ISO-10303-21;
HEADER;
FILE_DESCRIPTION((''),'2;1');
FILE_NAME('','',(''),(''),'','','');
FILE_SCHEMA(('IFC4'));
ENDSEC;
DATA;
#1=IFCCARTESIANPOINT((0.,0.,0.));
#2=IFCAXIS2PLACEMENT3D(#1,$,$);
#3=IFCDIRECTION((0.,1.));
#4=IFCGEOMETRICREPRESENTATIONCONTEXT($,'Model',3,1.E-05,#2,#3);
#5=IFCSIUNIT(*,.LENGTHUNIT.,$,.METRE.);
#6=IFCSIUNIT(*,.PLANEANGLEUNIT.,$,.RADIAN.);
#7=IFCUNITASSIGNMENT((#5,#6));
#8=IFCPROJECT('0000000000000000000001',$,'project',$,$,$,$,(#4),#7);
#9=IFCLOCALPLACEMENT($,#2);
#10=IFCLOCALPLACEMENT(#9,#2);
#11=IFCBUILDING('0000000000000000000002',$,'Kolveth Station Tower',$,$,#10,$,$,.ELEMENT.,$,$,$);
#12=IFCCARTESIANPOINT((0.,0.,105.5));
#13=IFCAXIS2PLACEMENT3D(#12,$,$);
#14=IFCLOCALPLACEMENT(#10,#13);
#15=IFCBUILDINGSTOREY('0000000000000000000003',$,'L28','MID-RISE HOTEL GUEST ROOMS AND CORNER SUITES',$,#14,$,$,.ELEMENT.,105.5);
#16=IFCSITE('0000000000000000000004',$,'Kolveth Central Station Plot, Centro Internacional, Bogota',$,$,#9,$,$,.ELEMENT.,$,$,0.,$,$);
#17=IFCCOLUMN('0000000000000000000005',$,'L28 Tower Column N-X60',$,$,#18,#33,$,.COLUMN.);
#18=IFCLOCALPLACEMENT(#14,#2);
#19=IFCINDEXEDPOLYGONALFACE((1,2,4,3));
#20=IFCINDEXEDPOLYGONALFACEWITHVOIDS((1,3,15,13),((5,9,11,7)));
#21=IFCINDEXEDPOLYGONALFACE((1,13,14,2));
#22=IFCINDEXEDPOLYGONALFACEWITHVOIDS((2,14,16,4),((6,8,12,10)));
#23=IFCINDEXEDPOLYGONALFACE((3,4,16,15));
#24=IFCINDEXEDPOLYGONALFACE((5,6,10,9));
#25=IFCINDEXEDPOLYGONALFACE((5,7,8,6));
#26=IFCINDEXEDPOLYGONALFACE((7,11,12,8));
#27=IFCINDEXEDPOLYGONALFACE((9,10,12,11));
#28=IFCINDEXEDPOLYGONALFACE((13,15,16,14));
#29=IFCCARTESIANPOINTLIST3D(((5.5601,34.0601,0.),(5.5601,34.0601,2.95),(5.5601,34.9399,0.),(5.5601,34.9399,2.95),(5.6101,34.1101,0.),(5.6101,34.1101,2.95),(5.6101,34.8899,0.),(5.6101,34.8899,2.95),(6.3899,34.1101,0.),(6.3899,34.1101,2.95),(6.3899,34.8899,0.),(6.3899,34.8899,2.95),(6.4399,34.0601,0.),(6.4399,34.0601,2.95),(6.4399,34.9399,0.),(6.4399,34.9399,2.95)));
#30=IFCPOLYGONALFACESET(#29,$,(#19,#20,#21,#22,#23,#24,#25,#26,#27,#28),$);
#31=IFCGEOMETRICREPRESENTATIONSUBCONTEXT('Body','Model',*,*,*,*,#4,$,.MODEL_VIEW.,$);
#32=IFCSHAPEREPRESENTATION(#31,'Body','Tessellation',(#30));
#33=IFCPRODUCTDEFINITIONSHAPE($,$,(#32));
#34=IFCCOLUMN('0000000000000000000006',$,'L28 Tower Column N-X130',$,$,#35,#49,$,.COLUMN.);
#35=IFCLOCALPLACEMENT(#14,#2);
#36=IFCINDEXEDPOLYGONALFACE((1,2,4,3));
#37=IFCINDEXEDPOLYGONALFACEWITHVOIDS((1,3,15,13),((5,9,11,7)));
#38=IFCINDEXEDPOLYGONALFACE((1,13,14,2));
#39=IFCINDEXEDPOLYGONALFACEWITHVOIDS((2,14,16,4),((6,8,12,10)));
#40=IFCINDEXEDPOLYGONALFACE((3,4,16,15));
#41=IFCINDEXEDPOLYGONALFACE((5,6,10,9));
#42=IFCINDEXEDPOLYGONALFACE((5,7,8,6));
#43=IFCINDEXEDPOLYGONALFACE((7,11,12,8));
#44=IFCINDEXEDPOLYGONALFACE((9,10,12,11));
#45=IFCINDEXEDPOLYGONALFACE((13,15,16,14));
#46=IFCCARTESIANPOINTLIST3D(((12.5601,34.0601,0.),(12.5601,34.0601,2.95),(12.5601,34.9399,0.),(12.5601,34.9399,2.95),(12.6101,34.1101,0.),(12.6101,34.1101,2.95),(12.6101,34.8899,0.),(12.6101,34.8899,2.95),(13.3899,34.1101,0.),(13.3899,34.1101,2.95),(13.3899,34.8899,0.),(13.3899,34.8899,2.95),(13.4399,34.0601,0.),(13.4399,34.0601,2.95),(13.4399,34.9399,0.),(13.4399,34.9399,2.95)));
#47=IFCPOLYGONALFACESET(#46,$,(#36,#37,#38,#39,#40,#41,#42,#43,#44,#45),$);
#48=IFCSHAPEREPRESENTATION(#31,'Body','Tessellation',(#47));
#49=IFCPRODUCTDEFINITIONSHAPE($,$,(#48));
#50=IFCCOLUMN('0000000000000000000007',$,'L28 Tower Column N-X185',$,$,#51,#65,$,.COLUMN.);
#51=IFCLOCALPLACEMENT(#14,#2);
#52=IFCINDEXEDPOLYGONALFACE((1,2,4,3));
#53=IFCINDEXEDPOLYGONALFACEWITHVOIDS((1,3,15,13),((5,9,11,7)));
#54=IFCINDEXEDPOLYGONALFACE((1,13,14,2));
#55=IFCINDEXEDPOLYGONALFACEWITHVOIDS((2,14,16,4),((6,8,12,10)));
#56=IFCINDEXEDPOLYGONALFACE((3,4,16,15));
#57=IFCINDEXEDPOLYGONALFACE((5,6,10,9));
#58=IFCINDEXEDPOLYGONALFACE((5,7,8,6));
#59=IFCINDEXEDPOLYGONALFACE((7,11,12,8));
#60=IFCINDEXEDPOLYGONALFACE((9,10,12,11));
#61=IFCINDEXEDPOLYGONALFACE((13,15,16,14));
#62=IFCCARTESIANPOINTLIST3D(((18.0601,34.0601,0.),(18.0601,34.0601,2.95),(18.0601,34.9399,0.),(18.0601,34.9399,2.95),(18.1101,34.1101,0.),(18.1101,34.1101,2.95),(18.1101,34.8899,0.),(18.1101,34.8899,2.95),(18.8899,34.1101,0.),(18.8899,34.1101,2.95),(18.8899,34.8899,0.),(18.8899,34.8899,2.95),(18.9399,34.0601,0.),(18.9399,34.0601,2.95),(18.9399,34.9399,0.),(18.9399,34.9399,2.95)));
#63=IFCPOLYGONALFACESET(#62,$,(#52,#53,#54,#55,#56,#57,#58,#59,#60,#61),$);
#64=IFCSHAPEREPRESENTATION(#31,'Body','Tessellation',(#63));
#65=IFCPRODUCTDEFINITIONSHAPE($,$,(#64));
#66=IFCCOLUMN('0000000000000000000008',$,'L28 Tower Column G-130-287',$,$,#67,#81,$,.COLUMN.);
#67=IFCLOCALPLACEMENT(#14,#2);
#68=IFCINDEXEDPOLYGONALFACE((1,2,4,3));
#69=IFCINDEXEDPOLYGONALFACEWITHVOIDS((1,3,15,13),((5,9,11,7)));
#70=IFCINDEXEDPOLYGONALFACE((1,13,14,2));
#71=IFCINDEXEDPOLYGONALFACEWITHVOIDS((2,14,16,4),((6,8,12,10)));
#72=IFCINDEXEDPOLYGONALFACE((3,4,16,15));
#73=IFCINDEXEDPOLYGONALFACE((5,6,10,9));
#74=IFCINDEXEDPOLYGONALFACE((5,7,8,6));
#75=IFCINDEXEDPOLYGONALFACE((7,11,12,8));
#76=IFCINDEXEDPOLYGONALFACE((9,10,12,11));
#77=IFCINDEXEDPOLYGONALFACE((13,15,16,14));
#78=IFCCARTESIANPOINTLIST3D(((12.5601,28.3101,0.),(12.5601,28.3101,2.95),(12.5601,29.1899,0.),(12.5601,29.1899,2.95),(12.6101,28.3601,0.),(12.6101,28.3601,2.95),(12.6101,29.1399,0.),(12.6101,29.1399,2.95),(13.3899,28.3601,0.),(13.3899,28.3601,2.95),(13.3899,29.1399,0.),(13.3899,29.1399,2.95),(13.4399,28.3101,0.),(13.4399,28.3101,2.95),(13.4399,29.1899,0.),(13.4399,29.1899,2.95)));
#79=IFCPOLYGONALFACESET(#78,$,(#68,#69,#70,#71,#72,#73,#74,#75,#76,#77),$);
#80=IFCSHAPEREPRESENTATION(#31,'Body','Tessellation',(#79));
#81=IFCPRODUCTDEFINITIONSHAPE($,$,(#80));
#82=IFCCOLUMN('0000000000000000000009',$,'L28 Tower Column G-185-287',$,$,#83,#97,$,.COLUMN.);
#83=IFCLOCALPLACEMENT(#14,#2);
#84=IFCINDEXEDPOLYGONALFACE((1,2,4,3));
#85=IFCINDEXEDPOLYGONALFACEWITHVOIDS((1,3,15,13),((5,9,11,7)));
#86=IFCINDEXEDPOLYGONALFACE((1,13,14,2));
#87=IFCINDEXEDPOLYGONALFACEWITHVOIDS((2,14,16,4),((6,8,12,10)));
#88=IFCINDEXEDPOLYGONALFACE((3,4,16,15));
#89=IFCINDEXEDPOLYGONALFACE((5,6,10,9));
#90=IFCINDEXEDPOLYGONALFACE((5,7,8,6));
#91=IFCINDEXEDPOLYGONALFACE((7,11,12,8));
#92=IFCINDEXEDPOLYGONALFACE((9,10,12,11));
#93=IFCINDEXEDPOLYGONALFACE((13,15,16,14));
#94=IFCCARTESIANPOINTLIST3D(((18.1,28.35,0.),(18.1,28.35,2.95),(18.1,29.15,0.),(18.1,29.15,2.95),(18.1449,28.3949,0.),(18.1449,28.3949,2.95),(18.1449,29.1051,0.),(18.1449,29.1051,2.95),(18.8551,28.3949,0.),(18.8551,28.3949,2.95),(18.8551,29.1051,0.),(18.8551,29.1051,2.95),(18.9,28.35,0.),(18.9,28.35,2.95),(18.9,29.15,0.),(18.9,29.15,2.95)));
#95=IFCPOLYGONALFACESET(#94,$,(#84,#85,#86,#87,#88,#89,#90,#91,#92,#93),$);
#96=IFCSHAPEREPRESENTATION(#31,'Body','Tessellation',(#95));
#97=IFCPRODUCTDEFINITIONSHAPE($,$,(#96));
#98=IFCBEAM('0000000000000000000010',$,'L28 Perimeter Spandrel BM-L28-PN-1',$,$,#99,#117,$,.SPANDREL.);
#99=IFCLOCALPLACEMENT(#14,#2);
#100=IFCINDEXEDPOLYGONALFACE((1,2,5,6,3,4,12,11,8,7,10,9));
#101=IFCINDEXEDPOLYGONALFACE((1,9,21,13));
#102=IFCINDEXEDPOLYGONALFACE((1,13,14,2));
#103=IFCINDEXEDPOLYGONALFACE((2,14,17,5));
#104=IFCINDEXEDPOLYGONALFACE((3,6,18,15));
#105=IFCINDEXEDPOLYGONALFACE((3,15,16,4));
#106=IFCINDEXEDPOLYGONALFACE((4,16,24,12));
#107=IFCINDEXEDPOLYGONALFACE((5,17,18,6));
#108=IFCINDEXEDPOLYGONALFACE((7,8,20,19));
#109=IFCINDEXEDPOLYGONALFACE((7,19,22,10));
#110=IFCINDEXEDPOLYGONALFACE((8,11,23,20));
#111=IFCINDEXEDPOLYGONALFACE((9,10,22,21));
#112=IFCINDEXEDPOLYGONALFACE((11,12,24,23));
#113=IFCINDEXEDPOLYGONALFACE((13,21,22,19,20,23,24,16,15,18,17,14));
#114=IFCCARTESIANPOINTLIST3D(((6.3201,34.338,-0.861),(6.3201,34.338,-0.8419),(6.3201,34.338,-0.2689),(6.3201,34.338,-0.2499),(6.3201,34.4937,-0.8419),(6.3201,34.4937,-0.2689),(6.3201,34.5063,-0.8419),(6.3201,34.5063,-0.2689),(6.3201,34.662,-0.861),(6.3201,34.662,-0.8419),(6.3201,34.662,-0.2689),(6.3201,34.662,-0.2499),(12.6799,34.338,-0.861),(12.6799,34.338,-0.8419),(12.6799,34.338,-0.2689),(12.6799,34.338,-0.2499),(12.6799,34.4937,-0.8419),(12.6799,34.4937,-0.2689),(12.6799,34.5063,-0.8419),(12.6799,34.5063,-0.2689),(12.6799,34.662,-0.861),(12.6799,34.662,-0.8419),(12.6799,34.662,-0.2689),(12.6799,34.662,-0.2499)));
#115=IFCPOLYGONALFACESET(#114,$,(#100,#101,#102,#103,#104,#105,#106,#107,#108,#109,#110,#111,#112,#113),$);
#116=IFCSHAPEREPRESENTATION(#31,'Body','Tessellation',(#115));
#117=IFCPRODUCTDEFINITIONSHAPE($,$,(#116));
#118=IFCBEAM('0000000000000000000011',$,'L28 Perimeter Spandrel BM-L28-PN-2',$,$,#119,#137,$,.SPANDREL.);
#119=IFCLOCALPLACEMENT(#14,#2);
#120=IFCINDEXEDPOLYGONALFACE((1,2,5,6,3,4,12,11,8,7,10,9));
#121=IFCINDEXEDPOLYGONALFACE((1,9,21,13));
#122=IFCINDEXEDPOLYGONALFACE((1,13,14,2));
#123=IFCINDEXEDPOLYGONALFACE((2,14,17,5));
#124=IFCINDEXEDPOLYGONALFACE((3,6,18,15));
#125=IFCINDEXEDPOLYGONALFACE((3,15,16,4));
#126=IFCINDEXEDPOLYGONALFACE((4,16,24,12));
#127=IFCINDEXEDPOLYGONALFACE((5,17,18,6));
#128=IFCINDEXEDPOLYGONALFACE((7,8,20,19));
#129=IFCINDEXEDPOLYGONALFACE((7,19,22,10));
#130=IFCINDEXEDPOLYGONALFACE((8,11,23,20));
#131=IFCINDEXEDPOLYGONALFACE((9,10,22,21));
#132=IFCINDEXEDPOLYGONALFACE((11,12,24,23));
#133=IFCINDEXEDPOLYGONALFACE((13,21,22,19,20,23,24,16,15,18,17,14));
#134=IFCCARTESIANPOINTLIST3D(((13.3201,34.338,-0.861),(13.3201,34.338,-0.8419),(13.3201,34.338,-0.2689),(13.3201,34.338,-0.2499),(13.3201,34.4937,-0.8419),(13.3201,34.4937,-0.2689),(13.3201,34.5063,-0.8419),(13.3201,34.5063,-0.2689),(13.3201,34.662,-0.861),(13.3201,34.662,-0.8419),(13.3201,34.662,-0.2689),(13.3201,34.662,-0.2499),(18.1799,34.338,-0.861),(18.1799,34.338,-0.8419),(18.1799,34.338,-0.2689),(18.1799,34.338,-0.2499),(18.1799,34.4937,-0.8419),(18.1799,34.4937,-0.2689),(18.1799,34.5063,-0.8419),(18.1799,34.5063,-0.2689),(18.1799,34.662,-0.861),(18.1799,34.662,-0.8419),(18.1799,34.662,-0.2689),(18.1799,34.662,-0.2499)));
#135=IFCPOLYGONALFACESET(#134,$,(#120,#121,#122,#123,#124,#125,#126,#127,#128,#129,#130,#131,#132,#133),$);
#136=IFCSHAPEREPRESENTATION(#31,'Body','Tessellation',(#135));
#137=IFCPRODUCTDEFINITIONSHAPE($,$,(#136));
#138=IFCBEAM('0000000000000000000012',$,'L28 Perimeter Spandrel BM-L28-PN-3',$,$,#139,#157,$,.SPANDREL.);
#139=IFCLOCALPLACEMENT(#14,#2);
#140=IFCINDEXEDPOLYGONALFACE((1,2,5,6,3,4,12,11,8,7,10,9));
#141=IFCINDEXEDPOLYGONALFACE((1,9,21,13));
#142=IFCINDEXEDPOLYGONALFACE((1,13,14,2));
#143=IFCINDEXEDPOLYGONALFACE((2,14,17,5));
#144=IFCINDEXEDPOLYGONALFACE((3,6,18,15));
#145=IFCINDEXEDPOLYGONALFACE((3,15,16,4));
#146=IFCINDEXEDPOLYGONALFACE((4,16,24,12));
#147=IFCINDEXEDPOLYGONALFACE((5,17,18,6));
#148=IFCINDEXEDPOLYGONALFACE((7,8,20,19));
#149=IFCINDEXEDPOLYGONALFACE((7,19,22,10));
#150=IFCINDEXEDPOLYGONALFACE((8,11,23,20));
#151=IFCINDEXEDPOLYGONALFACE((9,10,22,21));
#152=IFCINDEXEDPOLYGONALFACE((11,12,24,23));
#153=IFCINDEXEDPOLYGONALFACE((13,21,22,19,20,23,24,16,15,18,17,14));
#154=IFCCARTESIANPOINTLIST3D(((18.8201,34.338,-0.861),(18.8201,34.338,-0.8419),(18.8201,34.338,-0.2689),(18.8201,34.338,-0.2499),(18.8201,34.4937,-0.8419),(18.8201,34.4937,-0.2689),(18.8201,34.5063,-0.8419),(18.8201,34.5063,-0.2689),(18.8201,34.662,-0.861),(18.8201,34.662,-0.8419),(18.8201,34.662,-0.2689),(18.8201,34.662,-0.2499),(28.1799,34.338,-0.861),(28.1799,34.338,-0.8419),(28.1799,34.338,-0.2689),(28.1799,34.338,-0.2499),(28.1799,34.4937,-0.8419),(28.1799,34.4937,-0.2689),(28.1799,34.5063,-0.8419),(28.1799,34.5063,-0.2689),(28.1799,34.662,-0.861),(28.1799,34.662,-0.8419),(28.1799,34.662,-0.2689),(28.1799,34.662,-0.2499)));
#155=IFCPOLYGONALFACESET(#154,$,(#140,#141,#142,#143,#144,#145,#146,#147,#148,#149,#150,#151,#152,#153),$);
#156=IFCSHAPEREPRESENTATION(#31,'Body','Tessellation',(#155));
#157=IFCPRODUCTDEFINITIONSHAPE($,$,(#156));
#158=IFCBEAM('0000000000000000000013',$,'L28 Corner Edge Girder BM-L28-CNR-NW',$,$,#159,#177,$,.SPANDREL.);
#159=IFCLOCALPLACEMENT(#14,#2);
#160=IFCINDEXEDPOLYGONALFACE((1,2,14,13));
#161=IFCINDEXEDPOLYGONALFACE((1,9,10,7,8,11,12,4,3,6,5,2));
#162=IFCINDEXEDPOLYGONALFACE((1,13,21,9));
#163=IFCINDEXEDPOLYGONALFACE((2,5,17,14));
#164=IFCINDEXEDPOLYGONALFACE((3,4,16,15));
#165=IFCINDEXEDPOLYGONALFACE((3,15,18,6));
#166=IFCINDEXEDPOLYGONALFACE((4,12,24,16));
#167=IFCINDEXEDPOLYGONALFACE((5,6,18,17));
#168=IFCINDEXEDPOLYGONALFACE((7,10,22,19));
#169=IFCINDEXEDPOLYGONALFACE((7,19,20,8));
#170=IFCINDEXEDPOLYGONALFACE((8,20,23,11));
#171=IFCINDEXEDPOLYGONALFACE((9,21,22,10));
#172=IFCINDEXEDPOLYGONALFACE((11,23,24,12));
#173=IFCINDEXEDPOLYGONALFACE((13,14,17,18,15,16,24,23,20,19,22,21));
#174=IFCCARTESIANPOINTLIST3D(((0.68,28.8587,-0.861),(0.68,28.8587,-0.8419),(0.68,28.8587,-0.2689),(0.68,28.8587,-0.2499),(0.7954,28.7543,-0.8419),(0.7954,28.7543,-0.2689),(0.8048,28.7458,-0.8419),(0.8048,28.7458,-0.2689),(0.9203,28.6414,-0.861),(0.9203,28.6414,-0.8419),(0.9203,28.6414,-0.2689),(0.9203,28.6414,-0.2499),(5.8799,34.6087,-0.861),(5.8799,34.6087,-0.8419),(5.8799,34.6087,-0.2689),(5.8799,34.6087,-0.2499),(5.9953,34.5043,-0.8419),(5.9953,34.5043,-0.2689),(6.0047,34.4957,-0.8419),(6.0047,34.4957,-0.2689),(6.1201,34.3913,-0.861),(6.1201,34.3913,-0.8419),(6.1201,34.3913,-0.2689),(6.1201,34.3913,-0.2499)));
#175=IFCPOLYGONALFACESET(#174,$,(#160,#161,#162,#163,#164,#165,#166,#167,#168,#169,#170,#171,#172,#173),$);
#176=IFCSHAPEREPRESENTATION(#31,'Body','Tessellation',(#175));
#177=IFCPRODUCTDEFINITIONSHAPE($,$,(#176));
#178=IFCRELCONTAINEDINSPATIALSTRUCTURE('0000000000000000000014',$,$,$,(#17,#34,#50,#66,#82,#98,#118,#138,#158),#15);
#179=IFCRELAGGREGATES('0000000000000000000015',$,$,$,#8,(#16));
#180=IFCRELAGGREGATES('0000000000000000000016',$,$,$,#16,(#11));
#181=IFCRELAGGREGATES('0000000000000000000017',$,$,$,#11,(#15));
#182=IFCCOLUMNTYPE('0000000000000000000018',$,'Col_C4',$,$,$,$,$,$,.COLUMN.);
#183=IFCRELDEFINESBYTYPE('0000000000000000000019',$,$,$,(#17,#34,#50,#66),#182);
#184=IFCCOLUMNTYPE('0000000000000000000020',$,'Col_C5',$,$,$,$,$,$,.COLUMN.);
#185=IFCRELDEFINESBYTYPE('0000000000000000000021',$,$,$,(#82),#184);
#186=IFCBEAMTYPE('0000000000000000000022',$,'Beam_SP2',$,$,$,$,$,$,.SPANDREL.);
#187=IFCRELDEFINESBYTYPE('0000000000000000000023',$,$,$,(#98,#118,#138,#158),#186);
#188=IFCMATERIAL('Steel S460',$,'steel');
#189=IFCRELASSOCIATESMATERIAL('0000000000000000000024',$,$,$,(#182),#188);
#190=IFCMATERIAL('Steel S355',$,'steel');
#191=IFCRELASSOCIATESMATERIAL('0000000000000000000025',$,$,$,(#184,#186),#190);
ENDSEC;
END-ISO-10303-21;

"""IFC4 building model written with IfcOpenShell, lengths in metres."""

from ifc_helpers import new_model, si_unit, direction, frame, origin, origin_2d, place, context, subcontext, project, spatial, hollow_rectangle, i_section, extrude, source, transform, mapped, material, material_profile, profile_set, type_object, element, save


model = new_model("IFC4")

# Units and contexts
model_context = context("Model", 3, precision=1e-05, world=origin(), true_north=direction((0.0, 1.0)))
body_context = subcontext(model_context, "Body", "Model", "MODEL_VIEW")
ifc_project = project(units=[si_unit("LENGTHUNIT", "METRE"), si_unit("PLANEANGLEUNIT", "RADIAN")], contexts=[model_context])

# Site, building, storey
site_placement = place(None, origin())
site = spatial("IfcSite", under=ifc_project, at=site_placement, Name="Kolveth Central Station Plot, Centro Internacional, Bogota", CompositionType="ELEMENT", RefElevation=0.0)
building_placement = place(site_placement, origin())
building = spatial("IfcBuilding", under=site, at=building_placement, Name="Kolveth Station Tower", CompositionType="ELEMENT")
storey_placement = place(building_placement, frame((0.0, 0.0, 105.5)))
storey = spatial("IfcBuildingStorey", under=building, at=storey_placement, Name="L28", Description="MID-RISE HOTEL GUEST ROOMS AND CORNER SUITES", CompositionType="ELEMENT", Elevation=105.5)

# Columns
ifc_material_1 = material(Name="Steel S460", Category="steel")
ifc_material_profile_1 = material_profile(ifc_material_1, hollow_rectangle(XDim=0.8799, YDim=0.8799, WallThickness=0.05, at=origin_2d()), Name="BOX880x880x50")
ifc_profile_set_1 = profile_set([ifc_material_profile_1], Name="Steel S460")
column_type_1 = type_object("IfcColumnType", Name="Col_C4", PredefinedType="COLUMN", material=ifc_profile_set_1)
shared_shape_1 = source(origin(), body_context, "Body", "SweptSolid", [
    extrude(hollow_rectangle(XDim=0.8799, YDim=0.8799, WallThickness=0.05, at=origin_2d()), origin(), (0.0, 0.0, 1.0), 2.95),
])
for number, where, z_axis, x_axis, name in (
    (1, (6.0, 34.5, 0.0), (0.0, 0.0, 1.0), (1.0, 0.0, 0.0), "L28 Tower Column N-X60"),
    (2, (13.0, 34.5, 0.0), (0.0, 0.0, 1.0), (1.0, 0.0, 0.0), "L28 Tower Column N-X130"),
    (3, (18.5, 34.5, 0.0), (0.0, 0.0, 1.0), (1.0, 0.0, 0.0), "L28 Tower Column N-X185"),
    (4, (13.0, 28.75, 0.0), (0.0, 0.0, 1.0), (1.0, 0.0, 0.0), "L28 Tower Column G-130-287"),
):
    element("IfcColumn", number, at=place(storey_placement, frame(where, z_axis=z_axis, x_axis=x_axis)), inside=storey, type_object=column_type_1, Name=name, PredefinedType="COLUMN", context=body_context, shape_type="MappedRepresentation", body=[
        mapped(shared_shape_1, transform((0.0, 0.0, 0.0), x_axis=(1.0, 0.0, 0.0), y_axis=(0.0, 1.0, 0.0), z_axis=(0.0, 0.0, 1.0), scale=1.0)),
    ])
ifc_material_2 = material(Name="Steel S355", Category="steel")
ifc_material_profile_2 = material_profile(ifc_material_2, hollow_rectangle(XDim=0.8, YDim=0.8, WallThickness=0.0449, at=origin_2d()), Name="BOX800x800x45")
ifc_profile_set_2 = profile_set([ifc_material_profile_2], Name="Steel S355")
column_type_2 = type_object("IfcColumnType", Name="Col_C5", PredefinedType="COLUMN", material=ifc_profile_set_2)
shared_shape_2 = source(origin(), body_context, "Body", "SweptSolid", [
    extrude(hollow_rectangle(XDim=0.8, YDim=0.8, WallThickness=0.0449, at=origin_2d()), origin(), (0.0, 0.0, 1.0), 2.95),
])
column_placement = place(storey_placement, frame((18.5, 28.75, 0.0), z_axis=(0.0, 0.0, 1.0), x_axis=(1.0, 0.0, 0.0)))
element("IfcColumn", 5, at=column_placement, inside=storey, type_object=column_type_2, Name="L28 Tower Column G-185-287", PredefinedType="COLUMN", context=body_context, shape_type="MappedRepresentation", body=[
    mapped(shared_shape_2, transform((0.0, 0.0, 0.0), x_axis=(1.0, 0.0, 0.0), y_axis=(0.0, 1.0, 0.0), z_axis=(0.0, 0.0, 1.0), scale=1.0)),
])

# Beams
ifc_material_profile_3 = material_profile(ifc_material_2, i_section(OverallWidth=0.324, OverallDepth=0.6111, WebThickness=0.0127, FlangeThickness=0.019, at=origin_2d()), Name="W610x155")
ifc_profile_set_3 = profile_set([ifc_material_profile_3], Name="Steel S355")
beam_type_1 = type_object("IfcBeamType", Name="Beam_SP2", PredefinedType="SPANDREL", material=ifc_profile_set_3)
shared_shape_3 = source(origin(), body_context, "Body", "SweptSolid", [
    extrude(i_section(OverallWidth=0.324, OverallDepth=0.6111, WebThickness=0.0127, FlangeThickness=0.019, at=origin_2d()), origin(), (0.0, 0.0, 1.0), 6.3599),
])
beam_1_placement = place(storey_placement, frame((6.3201, 34.5, -0.5554), z_axis=(1.0, 0.0, 0.0), x_axis=(0.0, 1.0, 0.0)))
element("IfcBeam", 6, at=beam_1_placement, inside=storey, type_object=beam_type_1, Name="L28 Perimeter Spandrel BM-L28-PN-1", PredefinedType="SPANDREL", context=body_context, shape_type="MappedRepresentation", body=[
    mapped(shared_shape_3, transform((0.0, 0.0, 0.0), x_axis=(1.0, 0.0, 0.0), y_axis=(0.0, 1.0, 0.0), z_axis=(0.0, 0.0, 1.0), scale=1.0)),
])
shared_shape_4 = source(origin(), body_context, "Body", "SweptSolid", [
    extrude(i_section(OverallWidth=0.324, OverallDepth=0.6111, WebThickness=0.0127, FlangeThickness=0.019, at=origin_2d()), origin(), (0.0, 0.0, 1.0), 4.8599),
])
beam_2_placement = place(storey_placement, frame((13.3201, 34.5, -0.5554), z_axis=(1.0, 0.0, 0.0), x_axis=(0.0, 1.0, 0.0)))
element("IfcBeam", 7, at=beam_2_placement, inside=storey, type_object=beam_type_1, Name="L28 Perimeter Spandrel BM-L28-PN-2", PredefinedType="SPANDREL", context=body_context, shape_type="MappedRepresentation", body=[
    mapped(shared_shape_4, transform((0.0, 0.0, 0.0), x_axis=(1.0, 0.0, 0.0), y_axis=(0.0, 1.0, 0.0), z_axis=(0.0, 0.0, 1.0), scale=1.0)),
])
shared_shape_5 = source(origin(), body_context, "Body", "SweptSolid", [
    extrude(i_section(OverallWidth=0.324, OverallDepth=0.6111, WebThickness=0.0127, FlangeThickness=0.019, at=origin_2d()), origin(), (0.0, 0.0, 1.0), 9.3599),
])
beam_3_placement = place(storey_placement, frame((18.8201, 34.5, -0.5554), z_axis=(1.0, 0.0, 0.0), x_axis=(0.0, 1.0, 0.0)))
element("IfcBeam", 8, at=beam_3_placement, inside=storey, type_object=beam_type_1, Name="L28 Perimeter Spandrel BM-L28-PN-3", PredefinedType="SPANDREL", context=body_context, shape_type="MappedRepresentation", body=[
    mapped(shared_shape_5, transform((0.0, 0.0, 0.0), x_axis=(1.0, 0.0, 0.0), y_axis=(0.0, 1.0, 0.0), z_axis=(0.0, 0.0, 1.0), scale=1.0)),
])
shared_shape_6 = source(origin(), body_context, "Body", "SweptSolid", [
    extrude(i_section(OverallWidth=0.324, OverallDepth=0.6111, WebThickness=0.0127, FlangeThickness=0.019, at=origin_2d()), origin(), (0.0, 0.0, 1.0), 7.7524),
])
beam_4_placement = place(storey_placement, frame((6.0, 34.5, -0.5554), z_axis=(-0.670741, -0.741692, 0.0), x_axis=(0.741692, -0.670741, 0.0)))
element("IfcBeam", 9, at=beam_4_placement, inside=storey, type_object=beam_type_1, Name="L28 Corner Edge Girder BM-L28-CNR-NW", PredefinedType="SPANDREL", context=body_context, shape_type="MappedRepresentation", body=[
    mapped(shared_shape_6, transform((0.0, 0.0, 0.0), x_axis=(1.0, 0.0, 0.0), y_axis=(0.0, 1.0, 0.0), z_axis=(0.0, 0.0, 1.0), scale=1.0)),
])

save(model, "model.ifc")
